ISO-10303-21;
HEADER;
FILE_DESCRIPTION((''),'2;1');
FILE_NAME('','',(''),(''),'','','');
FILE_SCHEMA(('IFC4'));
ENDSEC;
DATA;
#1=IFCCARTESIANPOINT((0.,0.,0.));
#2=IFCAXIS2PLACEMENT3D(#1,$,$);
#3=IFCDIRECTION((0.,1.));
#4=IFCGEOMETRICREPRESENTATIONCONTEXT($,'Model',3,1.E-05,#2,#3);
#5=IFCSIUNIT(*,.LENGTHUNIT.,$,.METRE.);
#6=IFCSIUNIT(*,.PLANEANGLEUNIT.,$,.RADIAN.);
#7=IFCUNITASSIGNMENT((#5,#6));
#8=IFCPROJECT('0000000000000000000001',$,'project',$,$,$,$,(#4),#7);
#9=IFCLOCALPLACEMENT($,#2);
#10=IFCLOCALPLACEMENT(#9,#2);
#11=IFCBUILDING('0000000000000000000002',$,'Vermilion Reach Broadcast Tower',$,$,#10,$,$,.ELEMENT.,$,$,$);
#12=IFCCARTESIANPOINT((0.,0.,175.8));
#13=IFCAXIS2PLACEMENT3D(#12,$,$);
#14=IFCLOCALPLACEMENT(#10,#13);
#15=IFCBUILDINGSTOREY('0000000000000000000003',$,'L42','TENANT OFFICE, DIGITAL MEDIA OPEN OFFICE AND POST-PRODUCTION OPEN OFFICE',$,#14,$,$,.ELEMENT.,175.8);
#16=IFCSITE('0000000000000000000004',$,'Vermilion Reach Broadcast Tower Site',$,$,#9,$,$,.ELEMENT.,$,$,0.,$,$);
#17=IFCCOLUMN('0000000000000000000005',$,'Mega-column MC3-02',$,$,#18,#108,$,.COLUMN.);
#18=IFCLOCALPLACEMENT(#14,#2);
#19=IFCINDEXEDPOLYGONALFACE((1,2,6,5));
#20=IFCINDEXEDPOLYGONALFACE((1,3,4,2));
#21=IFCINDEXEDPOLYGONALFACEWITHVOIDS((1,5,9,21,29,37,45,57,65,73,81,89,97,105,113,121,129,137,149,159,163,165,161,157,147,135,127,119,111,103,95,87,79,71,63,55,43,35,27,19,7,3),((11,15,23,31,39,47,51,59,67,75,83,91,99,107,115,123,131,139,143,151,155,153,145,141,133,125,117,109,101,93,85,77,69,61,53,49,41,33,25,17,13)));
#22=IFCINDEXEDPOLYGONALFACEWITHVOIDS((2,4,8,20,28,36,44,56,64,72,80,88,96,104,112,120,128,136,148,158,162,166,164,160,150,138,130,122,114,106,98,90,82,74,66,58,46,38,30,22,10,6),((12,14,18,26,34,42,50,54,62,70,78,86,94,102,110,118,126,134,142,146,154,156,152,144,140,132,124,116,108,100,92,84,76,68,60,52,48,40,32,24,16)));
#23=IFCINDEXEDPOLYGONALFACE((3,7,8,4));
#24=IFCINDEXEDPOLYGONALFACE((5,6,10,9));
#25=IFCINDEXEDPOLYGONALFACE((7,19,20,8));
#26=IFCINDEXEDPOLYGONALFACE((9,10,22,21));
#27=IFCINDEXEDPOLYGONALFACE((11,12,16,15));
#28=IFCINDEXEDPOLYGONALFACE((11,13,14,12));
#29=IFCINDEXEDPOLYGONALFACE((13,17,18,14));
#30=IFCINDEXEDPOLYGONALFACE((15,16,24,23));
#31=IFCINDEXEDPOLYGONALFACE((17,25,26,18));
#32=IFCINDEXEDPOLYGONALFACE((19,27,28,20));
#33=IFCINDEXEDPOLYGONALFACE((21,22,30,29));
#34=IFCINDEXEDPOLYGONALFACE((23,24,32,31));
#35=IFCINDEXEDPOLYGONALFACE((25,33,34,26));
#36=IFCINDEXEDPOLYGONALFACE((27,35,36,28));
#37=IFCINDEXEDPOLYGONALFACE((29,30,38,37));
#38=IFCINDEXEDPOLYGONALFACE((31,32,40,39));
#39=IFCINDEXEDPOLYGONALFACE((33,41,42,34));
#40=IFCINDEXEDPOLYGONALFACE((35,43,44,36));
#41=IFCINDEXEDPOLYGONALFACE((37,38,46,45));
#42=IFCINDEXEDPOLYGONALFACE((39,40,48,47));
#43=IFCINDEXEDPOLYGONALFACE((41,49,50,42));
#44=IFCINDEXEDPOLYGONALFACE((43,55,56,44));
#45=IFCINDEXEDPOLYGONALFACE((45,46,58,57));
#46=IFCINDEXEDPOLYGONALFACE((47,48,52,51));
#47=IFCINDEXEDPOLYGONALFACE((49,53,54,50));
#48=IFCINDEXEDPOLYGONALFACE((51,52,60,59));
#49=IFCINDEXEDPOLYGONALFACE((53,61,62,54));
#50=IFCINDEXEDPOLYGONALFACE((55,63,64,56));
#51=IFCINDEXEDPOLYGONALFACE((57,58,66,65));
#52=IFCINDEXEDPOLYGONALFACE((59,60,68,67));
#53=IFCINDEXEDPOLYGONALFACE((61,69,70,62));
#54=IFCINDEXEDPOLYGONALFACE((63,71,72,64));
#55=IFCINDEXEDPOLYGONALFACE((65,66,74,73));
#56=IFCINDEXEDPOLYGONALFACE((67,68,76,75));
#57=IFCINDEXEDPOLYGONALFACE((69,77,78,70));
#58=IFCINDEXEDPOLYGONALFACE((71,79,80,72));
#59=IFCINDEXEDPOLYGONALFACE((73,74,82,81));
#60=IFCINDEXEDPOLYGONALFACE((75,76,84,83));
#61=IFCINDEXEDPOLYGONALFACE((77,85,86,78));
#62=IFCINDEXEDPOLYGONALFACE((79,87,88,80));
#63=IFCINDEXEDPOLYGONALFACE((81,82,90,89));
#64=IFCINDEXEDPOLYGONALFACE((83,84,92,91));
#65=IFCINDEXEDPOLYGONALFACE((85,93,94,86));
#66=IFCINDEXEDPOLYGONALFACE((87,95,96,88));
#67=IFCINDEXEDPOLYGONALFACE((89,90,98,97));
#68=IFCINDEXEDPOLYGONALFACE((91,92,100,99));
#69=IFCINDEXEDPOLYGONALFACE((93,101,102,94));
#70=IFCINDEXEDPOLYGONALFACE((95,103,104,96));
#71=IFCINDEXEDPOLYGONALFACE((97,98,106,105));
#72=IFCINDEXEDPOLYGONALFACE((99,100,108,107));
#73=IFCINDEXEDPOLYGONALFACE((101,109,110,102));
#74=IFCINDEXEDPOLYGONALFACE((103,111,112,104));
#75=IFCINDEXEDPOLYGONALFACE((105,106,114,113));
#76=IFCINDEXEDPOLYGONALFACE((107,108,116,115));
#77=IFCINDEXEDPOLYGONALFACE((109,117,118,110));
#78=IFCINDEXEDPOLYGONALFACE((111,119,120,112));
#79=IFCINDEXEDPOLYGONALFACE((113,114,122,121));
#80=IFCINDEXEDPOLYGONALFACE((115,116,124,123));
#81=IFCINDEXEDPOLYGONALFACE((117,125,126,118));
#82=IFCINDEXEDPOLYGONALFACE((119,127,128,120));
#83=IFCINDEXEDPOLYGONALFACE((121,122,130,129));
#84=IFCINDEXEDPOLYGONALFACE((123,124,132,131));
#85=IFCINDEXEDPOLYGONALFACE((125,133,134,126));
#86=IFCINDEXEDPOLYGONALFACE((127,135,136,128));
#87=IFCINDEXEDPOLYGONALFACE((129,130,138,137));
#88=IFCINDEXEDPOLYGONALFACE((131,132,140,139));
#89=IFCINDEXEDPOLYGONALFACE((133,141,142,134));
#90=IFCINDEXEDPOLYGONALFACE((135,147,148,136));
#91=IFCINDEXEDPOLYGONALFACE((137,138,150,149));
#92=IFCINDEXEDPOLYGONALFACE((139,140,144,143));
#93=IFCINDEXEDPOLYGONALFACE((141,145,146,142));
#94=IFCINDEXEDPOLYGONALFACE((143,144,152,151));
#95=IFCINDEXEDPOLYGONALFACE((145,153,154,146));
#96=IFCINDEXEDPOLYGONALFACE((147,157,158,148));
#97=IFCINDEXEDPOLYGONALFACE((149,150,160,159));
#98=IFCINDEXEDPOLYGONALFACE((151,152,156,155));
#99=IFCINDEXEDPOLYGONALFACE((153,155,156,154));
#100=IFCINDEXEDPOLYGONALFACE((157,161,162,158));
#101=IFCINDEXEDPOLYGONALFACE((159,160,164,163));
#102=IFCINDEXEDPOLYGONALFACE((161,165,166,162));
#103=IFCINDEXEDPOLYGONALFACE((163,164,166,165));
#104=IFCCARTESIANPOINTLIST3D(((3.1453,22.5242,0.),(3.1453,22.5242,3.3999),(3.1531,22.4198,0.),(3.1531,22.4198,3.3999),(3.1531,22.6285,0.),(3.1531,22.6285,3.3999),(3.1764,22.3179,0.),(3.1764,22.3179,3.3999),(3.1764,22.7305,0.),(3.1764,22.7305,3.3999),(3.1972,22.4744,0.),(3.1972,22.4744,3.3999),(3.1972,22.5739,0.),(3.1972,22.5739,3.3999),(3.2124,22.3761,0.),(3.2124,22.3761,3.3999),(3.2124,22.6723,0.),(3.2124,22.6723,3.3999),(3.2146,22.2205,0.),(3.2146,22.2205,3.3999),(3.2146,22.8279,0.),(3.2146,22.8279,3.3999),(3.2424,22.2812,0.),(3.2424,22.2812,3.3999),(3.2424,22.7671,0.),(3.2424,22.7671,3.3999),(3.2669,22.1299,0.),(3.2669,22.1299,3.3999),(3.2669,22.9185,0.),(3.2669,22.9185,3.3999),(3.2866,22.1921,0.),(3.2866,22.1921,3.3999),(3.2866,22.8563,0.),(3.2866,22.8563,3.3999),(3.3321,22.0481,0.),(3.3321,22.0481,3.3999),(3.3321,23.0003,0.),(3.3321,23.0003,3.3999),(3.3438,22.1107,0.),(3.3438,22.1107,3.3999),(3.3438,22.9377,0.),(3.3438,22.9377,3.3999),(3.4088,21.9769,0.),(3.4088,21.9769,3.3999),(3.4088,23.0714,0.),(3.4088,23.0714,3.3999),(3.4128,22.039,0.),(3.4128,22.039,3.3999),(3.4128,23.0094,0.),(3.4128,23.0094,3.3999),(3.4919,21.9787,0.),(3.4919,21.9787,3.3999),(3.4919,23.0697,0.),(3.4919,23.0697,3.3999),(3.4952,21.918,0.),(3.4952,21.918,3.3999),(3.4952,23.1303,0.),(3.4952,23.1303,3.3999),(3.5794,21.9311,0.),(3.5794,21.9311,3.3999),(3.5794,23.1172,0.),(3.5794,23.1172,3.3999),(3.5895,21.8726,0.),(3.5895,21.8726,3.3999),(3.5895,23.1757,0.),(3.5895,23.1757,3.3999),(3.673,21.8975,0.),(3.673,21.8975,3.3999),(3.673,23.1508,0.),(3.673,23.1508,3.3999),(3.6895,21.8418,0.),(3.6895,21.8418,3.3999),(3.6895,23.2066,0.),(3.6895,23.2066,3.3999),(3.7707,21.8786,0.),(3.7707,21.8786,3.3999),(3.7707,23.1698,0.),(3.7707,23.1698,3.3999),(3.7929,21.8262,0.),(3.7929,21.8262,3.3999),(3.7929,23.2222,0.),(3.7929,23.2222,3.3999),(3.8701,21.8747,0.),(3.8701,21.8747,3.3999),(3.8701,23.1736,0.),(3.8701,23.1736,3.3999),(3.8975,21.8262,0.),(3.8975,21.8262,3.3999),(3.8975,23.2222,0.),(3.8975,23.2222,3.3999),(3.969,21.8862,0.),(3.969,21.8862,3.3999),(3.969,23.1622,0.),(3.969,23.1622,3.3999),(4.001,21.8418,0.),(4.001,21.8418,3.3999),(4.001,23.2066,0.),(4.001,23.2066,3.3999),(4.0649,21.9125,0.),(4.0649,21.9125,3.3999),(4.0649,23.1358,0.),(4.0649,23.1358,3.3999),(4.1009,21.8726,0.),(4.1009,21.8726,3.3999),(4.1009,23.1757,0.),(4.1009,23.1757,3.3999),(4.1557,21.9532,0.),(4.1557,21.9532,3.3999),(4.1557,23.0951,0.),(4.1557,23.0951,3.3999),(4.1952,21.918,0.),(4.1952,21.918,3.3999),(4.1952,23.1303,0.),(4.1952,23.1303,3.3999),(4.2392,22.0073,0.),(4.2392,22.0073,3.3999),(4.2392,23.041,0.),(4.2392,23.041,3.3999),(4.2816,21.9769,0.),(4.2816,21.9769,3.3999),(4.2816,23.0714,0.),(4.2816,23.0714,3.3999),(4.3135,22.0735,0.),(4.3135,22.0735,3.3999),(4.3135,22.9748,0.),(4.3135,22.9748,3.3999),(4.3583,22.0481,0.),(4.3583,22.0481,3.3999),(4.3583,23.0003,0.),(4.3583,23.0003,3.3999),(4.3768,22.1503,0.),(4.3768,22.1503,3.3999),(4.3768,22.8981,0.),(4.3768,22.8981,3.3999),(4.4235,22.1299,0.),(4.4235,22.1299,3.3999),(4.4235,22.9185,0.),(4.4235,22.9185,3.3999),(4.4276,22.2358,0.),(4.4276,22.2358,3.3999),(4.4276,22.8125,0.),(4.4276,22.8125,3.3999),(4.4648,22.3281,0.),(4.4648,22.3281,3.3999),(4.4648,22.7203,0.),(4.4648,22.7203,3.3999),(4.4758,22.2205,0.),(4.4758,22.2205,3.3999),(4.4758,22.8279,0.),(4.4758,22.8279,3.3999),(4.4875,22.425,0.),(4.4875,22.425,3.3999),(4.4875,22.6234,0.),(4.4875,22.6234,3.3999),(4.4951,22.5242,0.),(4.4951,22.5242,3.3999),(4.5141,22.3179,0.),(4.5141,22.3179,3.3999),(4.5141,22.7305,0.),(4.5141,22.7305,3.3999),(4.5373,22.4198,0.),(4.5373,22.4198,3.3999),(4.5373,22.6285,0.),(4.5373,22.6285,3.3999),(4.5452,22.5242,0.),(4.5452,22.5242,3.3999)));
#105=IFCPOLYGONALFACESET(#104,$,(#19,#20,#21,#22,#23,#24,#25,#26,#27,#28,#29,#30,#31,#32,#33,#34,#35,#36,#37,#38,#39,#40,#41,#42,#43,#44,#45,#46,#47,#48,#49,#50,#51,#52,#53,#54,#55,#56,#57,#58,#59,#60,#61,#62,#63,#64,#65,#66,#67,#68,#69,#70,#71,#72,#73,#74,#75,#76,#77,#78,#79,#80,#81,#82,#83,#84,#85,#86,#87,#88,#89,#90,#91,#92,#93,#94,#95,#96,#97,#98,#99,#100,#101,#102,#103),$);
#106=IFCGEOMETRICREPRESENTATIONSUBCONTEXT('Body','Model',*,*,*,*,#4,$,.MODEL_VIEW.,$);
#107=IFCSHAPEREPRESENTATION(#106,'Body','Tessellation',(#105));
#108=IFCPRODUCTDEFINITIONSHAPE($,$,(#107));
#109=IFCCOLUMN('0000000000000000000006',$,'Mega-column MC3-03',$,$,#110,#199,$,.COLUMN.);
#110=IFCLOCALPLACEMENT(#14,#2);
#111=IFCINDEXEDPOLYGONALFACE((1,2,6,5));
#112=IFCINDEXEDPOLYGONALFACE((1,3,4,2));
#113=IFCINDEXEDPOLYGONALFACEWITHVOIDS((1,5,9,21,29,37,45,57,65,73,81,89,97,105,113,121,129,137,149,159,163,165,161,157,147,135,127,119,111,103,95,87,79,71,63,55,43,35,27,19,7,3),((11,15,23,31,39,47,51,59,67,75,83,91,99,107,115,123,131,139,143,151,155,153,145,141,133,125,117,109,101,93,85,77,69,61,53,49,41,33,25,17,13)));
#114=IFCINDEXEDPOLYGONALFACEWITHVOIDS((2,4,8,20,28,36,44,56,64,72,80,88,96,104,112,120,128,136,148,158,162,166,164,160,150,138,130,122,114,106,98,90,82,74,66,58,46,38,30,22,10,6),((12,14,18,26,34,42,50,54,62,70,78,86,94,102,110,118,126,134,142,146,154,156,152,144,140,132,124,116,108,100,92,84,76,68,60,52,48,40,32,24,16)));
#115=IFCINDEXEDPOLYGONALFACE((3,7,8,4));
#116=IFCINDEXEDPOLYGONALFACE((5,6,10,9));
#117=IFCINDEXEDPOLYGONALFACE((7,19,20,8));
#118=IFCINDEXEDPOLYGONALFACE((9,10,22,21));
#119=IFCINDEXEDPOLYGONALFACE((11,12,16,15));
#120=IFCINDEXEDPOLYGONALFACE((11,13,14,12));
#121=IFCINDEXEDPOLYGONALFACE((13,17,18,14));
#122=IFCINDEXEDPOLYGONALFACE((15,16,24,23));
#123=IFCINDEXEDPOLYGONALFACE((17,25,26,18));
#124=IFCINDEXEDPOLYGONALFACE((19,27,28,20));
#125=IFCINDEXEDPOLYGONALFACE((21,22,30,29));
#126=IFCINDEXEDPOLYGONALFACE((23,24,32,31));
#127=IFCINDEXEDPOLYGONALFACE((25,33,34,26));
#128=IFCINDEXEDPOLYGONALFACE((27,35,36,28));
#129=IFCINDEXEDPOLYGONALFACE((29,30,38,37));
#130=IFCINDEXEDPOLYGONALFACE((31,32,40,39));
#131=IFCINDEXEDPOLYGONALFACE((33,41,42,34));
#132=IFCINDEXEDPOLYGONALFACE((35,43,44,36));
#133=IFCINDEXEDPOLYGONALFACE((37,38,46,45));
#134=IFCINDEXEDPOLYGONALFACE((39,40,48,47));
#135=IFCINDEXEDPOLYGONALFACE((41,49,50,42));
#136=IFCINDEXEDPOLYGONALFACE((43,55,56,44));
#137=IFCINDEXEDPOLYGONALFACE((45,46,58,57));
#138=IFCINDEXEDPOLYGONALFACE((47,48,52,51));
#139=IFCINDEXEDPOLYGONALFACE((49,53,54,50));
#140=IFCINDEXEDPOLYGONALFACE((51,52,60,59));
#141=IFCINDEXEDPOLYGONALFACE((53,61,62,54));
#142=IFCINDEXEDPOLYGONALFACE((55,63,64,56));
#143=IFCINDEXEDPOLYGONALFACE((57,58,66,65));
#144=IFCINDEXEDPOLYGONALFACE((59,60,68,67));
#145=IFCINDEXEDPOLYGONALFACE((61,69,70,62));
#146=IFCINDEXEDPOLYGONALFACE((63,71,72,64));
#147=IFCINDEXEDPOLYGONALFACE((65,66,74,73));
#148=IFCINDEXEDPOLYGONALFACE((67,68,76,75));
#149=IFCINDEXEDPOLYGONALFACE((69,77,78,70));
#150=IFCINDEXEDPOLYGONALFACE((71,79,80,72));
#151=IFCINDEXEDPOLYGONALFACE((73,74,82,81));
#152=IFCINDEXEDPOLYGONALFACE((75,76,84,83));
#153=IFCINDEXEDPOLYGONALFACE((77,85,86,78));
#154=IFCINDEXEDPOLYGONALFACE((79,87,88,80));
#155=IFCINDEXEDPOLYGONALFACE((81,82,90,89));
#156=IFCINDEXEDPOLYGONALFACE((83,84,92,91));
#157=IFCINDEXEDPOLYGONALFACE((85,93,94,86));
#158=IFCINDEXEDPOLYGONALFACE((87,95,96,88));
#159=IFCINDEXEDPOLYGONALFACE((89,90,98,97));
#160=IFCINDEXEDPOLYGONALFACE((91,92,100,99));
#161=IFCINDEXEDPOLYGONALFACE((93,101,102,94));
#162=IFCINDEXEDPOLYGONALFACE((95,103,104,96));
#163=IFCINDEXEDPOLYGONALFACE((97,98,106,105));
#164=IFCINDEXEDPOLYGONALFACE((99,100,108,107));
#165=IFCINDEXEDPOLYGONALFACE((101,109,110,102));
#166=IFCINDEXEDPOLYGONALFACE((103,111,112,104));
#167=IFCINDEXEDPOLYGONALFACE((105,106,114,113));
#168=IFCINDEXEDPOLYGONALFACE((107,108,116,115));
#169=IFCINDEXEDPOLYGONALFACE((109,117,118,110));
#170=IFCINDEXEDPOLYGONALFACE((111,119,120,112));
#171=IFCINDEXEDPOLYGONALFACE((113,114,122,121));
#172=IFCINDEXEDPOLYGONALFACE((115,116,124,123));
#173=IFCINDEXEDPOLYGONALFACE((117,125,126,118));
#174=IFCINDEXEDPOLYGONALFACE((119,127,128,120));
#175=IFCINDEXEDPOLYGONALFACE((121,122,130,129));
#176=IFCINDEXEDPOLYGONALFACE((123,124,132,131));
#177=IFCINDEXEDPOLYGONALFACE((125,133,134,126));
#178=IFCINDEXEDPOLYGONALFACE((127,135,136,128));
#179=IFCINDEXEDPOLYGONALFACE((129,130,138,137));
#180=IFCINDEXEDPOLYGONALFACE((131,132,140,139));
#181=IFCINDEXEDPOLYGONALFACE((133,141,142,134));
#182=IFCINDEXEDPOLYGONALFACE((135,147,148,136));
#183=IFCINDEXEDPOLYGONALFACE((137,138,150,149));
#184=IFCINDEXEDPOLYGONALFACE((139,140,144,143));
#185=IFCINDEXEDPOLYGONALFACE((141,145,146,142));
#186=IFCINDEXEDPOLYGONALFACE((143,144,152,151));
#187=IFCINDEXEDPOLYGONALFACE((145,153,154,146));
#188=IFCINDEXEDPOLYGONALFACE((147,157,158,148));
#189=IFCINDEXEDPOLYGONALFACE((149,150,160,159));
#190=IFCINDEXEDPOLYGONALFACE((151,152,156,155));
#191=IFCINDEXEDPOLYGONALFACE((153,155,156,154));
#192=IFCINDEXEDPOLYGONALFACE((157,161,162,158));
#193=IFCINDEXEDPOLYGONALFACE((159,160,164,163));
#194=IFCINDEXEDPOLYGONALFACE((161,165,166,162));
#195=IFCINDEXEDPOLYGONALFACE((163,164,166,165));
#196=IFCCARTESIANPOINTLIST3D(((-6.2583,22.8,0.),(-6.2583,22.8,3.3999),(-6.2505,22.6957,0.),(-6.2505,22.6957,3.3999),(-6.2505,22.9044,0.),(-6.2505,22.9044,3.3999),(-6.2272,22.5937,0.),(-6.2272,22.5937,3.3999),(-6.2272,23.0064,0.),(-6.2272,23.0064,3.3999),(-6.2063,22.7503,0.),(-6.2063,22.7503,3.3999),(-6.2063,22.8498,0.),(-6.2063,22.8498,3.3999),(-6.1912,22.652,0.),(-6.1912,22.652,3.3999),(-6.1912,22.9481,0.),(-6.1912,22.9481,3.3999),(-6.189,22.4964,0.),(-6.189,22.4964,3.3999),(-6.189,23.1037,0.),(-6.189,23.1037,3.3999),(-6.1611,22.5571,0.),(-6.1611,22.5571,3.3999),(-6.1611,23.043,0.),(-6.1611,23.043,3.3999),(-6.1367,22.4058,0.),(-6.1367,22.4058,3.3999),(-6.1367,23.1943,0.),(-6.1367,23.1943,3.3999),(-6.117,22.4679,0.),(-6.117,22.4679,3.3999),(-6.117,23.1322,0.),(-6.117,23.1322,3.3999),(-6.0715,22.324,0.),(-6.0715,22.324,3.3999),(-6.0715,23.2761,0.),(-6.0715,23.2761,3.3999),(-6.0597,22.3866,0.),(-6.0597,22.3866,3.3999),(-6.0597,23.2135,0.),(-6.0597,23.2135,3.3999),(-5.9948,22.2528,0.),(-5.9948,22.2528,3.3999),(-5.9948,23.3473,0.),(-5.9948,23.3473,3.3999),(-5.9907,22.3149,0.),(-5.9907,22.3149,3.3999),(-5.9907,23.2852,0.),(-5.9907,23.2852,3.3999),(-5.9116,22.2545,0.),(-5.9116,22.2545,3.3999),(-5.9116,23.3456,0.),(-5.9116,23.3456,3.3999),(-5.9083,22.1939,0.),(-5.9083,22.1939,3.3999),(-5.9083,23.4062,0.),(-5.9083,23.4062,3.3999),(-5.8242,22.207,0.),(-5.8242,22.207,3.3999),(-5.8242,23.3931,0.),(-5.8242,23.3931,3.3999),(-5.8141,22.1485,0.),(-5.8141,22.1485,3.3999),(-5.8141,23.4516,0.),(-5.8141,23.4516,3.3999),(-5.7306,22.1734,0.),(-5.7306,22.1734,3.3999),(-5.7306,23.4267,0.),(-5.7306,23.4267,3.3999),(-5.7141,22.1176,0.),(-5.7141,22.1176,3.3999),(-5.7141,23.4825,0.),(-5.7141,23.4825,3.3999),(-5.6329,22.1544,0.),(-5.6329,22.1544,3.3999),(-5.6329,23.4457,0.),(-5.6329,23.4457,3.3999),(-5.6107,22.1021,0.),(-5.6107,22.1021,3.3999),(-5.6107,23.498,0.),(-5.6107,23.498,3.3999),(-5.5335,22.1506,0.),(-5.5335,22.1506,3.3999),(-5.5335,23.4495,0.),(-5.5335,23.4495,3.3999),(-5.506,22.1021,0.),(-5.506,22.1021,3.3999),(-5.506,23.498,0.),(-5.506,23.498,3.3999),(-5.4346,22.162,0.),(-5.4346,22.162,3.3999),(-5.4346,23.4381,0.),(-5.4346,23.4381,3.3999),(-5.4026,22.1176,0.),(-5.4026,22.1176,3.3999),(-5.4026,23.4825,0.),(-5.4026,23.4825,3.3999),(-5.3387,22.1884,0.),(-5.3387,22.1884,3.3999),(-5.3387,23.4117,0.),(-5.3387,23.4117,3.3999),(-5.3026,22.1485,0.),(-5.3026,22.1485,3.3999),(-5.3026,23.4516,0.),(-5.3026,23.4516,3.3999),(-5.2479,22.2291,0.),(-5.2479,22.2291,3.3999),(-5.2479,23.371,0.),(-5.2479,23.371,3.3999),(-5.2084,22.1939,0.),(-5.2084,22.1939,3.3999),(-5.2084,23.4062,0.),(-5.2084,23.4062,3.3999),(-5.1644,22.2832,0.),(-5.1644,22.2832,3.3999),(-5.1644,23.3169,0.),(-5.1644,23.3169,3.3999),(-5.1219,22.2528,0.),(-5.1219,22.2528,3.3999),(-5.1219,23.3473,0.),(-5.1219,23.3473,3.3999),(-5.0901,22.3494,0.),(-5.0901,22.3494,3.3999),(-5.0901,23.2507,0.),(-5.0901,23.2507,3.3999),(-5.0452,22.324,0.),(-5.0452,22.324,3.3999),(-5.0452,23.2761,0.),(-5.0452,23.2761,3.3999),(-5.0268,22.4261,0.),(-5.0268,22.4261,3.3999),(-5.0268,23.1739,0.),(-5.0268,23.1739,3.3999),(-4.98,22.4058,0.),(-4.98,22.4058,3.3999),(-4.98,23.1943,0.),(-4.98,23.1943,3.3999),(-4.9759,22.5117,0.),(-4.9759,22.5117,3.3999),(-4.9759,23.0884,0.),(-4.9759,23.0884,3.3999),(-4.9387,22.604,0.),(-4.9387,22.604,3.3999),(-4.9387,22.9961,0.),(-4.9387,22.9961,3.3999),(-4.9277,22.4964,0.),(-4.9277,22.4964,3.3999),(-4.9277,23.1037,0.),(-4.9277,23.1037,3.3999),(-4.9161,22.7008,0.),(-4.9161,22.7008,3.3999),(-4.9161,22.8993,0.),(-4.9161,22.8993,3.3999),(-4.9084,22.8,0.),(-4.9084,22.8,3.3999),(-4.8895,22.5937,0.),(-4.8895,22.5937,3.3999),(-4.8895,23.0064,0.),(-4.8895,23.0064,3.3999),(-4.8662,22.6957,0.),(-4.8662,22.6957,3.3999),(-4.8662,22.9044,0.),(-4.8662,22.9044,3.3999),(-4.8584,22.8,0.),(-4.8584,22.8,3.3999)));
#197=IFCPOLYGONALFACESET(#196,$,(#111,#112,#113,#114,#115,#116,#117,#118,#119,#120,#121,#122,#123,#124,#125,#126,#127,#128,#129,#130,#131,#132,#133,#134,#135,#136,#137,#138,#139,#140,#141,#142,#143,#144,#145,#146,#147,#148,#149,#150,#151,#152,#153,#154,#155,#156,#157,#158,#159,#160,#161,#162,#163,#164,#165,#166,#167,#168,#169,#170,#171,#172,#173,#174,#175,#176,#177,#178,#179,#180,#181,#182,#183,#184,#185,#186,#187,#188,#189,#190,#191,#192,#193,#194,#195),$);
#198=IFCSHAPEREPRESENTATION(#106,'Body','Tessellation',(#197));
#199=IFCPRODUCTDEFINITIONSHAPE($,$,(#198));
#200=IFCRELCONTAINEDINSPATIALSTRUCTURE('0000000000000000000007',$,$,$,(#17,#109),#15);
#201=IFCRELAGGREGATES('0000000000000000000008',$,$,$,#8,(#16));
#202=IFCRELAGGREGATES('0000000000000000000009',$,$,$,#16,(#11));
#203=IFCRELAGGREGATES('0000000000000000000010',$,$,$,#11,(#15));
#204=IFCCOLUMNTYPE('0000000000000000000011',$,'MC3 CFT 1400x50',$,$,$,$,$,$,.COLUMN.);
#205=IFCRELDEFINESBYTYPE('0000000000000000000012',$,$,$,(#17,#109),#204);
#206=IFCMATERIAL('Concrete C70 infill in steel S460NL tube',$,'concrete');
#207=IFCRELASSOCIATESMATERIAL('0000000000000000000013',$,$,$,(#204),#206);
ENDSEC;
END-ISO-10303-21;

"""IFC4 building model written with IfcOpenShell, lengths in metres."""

from ifc_helpers import new_model, si_unit, direction, frame, origin, origin_2d, place, context, subcontext, project, spatial, hollow_circle, extrude, material, material_profile, profile_set, type_object, element, save


model = new_model("IFC4")

# Units and contexts
model_context = context("Model", 3, precision=1e-05, world=origin(), true_north=direction((0.0, 1.0)))
body_context = subcontext(model_context, "Body", "Model", "MODEL_VIEW")
ifc_project = project(units=[si_unit("LENGTHUNIT", "METRE"), si_unit("PLANEANGLEUNIT", "RADIAN")], contexts=[model_context])

# Site, building, storey
site_placement = place(None, origin())
site = spatial("IfcSite", under=ifc_project, at=site_placement, Name="Vermilion Reach Broadcast Tower Site", CompositionType="ELEMENT", RefElevation=0.0)
building_placement = place(site_placement, origin())
building = spatial("IfcBuilding", under=site, at=building_placement, Name="Vermilion Reach Broadcast Tower", CompositionType="ELEMENT")
storey_placement = place(building_placement, frame((0.0, 0.0, 175.8)))
storey = spatial("IfcBuildingStorey", under=building, at=storey_placement, Name="L42", Description="TENANT OFFICE, DIGITAL MEDIA OPEN OFFICE AND POST-PRODUCTION OPEN OFFICE", CompositionType="ELEMENT", Elevation=175.8)

# Columns
ifc_material_1 = material(Name="Concrete C70 infill in steel S460NL tube", Category="concrete")
ifc_material_profile_1 = material_profile(ifc_material_1, hollow_circle(Radius=0.7, WallThickness=0.05, at=origin_2d()), Name="Concrete C70 infill in steel S460NL tube CFT 1400x50")
ifc_profile_set_1 = profile_set([ifc_material_profile_1], Name="Concrete C70 infill in steel S460NL tube")
column_type = type_object("IfcColumnType", Name="MC3 CFT 1400x50", PredefinedType="COLUMN", material=ifc_profile_set_1)
for number, where, z_axis, x_axis, name in (
    (1, (3.8452, 22.5242, 0.0), (0.0, 0.0, 1.0), (1.0, 0.0, 0.0), "Mega-column MC3-02"),
    (2, (-5.5583, 22.8, 0.0), (0.0, 0.0, 1.0), (1.0, 0.0, 0.0), "Mega-column MC3-03"),
):
    element("IfcColumn", number, at=place(storey_placement, frame(where, z_axis=z_axis, x_axis=x_axis)), inside=storey, type_object=column_type, Name=name, PredefinedType="COLUMN", context=body_context, shape_type="SweptSolid", body=[
        extrude(hollow_circle(Radius=0.7, WallThickness=0.05, at=origin_2d()), origin(), (0.0, 0.0, 1.0), 3.3999),
    ])

save(model, "model.ifc")
